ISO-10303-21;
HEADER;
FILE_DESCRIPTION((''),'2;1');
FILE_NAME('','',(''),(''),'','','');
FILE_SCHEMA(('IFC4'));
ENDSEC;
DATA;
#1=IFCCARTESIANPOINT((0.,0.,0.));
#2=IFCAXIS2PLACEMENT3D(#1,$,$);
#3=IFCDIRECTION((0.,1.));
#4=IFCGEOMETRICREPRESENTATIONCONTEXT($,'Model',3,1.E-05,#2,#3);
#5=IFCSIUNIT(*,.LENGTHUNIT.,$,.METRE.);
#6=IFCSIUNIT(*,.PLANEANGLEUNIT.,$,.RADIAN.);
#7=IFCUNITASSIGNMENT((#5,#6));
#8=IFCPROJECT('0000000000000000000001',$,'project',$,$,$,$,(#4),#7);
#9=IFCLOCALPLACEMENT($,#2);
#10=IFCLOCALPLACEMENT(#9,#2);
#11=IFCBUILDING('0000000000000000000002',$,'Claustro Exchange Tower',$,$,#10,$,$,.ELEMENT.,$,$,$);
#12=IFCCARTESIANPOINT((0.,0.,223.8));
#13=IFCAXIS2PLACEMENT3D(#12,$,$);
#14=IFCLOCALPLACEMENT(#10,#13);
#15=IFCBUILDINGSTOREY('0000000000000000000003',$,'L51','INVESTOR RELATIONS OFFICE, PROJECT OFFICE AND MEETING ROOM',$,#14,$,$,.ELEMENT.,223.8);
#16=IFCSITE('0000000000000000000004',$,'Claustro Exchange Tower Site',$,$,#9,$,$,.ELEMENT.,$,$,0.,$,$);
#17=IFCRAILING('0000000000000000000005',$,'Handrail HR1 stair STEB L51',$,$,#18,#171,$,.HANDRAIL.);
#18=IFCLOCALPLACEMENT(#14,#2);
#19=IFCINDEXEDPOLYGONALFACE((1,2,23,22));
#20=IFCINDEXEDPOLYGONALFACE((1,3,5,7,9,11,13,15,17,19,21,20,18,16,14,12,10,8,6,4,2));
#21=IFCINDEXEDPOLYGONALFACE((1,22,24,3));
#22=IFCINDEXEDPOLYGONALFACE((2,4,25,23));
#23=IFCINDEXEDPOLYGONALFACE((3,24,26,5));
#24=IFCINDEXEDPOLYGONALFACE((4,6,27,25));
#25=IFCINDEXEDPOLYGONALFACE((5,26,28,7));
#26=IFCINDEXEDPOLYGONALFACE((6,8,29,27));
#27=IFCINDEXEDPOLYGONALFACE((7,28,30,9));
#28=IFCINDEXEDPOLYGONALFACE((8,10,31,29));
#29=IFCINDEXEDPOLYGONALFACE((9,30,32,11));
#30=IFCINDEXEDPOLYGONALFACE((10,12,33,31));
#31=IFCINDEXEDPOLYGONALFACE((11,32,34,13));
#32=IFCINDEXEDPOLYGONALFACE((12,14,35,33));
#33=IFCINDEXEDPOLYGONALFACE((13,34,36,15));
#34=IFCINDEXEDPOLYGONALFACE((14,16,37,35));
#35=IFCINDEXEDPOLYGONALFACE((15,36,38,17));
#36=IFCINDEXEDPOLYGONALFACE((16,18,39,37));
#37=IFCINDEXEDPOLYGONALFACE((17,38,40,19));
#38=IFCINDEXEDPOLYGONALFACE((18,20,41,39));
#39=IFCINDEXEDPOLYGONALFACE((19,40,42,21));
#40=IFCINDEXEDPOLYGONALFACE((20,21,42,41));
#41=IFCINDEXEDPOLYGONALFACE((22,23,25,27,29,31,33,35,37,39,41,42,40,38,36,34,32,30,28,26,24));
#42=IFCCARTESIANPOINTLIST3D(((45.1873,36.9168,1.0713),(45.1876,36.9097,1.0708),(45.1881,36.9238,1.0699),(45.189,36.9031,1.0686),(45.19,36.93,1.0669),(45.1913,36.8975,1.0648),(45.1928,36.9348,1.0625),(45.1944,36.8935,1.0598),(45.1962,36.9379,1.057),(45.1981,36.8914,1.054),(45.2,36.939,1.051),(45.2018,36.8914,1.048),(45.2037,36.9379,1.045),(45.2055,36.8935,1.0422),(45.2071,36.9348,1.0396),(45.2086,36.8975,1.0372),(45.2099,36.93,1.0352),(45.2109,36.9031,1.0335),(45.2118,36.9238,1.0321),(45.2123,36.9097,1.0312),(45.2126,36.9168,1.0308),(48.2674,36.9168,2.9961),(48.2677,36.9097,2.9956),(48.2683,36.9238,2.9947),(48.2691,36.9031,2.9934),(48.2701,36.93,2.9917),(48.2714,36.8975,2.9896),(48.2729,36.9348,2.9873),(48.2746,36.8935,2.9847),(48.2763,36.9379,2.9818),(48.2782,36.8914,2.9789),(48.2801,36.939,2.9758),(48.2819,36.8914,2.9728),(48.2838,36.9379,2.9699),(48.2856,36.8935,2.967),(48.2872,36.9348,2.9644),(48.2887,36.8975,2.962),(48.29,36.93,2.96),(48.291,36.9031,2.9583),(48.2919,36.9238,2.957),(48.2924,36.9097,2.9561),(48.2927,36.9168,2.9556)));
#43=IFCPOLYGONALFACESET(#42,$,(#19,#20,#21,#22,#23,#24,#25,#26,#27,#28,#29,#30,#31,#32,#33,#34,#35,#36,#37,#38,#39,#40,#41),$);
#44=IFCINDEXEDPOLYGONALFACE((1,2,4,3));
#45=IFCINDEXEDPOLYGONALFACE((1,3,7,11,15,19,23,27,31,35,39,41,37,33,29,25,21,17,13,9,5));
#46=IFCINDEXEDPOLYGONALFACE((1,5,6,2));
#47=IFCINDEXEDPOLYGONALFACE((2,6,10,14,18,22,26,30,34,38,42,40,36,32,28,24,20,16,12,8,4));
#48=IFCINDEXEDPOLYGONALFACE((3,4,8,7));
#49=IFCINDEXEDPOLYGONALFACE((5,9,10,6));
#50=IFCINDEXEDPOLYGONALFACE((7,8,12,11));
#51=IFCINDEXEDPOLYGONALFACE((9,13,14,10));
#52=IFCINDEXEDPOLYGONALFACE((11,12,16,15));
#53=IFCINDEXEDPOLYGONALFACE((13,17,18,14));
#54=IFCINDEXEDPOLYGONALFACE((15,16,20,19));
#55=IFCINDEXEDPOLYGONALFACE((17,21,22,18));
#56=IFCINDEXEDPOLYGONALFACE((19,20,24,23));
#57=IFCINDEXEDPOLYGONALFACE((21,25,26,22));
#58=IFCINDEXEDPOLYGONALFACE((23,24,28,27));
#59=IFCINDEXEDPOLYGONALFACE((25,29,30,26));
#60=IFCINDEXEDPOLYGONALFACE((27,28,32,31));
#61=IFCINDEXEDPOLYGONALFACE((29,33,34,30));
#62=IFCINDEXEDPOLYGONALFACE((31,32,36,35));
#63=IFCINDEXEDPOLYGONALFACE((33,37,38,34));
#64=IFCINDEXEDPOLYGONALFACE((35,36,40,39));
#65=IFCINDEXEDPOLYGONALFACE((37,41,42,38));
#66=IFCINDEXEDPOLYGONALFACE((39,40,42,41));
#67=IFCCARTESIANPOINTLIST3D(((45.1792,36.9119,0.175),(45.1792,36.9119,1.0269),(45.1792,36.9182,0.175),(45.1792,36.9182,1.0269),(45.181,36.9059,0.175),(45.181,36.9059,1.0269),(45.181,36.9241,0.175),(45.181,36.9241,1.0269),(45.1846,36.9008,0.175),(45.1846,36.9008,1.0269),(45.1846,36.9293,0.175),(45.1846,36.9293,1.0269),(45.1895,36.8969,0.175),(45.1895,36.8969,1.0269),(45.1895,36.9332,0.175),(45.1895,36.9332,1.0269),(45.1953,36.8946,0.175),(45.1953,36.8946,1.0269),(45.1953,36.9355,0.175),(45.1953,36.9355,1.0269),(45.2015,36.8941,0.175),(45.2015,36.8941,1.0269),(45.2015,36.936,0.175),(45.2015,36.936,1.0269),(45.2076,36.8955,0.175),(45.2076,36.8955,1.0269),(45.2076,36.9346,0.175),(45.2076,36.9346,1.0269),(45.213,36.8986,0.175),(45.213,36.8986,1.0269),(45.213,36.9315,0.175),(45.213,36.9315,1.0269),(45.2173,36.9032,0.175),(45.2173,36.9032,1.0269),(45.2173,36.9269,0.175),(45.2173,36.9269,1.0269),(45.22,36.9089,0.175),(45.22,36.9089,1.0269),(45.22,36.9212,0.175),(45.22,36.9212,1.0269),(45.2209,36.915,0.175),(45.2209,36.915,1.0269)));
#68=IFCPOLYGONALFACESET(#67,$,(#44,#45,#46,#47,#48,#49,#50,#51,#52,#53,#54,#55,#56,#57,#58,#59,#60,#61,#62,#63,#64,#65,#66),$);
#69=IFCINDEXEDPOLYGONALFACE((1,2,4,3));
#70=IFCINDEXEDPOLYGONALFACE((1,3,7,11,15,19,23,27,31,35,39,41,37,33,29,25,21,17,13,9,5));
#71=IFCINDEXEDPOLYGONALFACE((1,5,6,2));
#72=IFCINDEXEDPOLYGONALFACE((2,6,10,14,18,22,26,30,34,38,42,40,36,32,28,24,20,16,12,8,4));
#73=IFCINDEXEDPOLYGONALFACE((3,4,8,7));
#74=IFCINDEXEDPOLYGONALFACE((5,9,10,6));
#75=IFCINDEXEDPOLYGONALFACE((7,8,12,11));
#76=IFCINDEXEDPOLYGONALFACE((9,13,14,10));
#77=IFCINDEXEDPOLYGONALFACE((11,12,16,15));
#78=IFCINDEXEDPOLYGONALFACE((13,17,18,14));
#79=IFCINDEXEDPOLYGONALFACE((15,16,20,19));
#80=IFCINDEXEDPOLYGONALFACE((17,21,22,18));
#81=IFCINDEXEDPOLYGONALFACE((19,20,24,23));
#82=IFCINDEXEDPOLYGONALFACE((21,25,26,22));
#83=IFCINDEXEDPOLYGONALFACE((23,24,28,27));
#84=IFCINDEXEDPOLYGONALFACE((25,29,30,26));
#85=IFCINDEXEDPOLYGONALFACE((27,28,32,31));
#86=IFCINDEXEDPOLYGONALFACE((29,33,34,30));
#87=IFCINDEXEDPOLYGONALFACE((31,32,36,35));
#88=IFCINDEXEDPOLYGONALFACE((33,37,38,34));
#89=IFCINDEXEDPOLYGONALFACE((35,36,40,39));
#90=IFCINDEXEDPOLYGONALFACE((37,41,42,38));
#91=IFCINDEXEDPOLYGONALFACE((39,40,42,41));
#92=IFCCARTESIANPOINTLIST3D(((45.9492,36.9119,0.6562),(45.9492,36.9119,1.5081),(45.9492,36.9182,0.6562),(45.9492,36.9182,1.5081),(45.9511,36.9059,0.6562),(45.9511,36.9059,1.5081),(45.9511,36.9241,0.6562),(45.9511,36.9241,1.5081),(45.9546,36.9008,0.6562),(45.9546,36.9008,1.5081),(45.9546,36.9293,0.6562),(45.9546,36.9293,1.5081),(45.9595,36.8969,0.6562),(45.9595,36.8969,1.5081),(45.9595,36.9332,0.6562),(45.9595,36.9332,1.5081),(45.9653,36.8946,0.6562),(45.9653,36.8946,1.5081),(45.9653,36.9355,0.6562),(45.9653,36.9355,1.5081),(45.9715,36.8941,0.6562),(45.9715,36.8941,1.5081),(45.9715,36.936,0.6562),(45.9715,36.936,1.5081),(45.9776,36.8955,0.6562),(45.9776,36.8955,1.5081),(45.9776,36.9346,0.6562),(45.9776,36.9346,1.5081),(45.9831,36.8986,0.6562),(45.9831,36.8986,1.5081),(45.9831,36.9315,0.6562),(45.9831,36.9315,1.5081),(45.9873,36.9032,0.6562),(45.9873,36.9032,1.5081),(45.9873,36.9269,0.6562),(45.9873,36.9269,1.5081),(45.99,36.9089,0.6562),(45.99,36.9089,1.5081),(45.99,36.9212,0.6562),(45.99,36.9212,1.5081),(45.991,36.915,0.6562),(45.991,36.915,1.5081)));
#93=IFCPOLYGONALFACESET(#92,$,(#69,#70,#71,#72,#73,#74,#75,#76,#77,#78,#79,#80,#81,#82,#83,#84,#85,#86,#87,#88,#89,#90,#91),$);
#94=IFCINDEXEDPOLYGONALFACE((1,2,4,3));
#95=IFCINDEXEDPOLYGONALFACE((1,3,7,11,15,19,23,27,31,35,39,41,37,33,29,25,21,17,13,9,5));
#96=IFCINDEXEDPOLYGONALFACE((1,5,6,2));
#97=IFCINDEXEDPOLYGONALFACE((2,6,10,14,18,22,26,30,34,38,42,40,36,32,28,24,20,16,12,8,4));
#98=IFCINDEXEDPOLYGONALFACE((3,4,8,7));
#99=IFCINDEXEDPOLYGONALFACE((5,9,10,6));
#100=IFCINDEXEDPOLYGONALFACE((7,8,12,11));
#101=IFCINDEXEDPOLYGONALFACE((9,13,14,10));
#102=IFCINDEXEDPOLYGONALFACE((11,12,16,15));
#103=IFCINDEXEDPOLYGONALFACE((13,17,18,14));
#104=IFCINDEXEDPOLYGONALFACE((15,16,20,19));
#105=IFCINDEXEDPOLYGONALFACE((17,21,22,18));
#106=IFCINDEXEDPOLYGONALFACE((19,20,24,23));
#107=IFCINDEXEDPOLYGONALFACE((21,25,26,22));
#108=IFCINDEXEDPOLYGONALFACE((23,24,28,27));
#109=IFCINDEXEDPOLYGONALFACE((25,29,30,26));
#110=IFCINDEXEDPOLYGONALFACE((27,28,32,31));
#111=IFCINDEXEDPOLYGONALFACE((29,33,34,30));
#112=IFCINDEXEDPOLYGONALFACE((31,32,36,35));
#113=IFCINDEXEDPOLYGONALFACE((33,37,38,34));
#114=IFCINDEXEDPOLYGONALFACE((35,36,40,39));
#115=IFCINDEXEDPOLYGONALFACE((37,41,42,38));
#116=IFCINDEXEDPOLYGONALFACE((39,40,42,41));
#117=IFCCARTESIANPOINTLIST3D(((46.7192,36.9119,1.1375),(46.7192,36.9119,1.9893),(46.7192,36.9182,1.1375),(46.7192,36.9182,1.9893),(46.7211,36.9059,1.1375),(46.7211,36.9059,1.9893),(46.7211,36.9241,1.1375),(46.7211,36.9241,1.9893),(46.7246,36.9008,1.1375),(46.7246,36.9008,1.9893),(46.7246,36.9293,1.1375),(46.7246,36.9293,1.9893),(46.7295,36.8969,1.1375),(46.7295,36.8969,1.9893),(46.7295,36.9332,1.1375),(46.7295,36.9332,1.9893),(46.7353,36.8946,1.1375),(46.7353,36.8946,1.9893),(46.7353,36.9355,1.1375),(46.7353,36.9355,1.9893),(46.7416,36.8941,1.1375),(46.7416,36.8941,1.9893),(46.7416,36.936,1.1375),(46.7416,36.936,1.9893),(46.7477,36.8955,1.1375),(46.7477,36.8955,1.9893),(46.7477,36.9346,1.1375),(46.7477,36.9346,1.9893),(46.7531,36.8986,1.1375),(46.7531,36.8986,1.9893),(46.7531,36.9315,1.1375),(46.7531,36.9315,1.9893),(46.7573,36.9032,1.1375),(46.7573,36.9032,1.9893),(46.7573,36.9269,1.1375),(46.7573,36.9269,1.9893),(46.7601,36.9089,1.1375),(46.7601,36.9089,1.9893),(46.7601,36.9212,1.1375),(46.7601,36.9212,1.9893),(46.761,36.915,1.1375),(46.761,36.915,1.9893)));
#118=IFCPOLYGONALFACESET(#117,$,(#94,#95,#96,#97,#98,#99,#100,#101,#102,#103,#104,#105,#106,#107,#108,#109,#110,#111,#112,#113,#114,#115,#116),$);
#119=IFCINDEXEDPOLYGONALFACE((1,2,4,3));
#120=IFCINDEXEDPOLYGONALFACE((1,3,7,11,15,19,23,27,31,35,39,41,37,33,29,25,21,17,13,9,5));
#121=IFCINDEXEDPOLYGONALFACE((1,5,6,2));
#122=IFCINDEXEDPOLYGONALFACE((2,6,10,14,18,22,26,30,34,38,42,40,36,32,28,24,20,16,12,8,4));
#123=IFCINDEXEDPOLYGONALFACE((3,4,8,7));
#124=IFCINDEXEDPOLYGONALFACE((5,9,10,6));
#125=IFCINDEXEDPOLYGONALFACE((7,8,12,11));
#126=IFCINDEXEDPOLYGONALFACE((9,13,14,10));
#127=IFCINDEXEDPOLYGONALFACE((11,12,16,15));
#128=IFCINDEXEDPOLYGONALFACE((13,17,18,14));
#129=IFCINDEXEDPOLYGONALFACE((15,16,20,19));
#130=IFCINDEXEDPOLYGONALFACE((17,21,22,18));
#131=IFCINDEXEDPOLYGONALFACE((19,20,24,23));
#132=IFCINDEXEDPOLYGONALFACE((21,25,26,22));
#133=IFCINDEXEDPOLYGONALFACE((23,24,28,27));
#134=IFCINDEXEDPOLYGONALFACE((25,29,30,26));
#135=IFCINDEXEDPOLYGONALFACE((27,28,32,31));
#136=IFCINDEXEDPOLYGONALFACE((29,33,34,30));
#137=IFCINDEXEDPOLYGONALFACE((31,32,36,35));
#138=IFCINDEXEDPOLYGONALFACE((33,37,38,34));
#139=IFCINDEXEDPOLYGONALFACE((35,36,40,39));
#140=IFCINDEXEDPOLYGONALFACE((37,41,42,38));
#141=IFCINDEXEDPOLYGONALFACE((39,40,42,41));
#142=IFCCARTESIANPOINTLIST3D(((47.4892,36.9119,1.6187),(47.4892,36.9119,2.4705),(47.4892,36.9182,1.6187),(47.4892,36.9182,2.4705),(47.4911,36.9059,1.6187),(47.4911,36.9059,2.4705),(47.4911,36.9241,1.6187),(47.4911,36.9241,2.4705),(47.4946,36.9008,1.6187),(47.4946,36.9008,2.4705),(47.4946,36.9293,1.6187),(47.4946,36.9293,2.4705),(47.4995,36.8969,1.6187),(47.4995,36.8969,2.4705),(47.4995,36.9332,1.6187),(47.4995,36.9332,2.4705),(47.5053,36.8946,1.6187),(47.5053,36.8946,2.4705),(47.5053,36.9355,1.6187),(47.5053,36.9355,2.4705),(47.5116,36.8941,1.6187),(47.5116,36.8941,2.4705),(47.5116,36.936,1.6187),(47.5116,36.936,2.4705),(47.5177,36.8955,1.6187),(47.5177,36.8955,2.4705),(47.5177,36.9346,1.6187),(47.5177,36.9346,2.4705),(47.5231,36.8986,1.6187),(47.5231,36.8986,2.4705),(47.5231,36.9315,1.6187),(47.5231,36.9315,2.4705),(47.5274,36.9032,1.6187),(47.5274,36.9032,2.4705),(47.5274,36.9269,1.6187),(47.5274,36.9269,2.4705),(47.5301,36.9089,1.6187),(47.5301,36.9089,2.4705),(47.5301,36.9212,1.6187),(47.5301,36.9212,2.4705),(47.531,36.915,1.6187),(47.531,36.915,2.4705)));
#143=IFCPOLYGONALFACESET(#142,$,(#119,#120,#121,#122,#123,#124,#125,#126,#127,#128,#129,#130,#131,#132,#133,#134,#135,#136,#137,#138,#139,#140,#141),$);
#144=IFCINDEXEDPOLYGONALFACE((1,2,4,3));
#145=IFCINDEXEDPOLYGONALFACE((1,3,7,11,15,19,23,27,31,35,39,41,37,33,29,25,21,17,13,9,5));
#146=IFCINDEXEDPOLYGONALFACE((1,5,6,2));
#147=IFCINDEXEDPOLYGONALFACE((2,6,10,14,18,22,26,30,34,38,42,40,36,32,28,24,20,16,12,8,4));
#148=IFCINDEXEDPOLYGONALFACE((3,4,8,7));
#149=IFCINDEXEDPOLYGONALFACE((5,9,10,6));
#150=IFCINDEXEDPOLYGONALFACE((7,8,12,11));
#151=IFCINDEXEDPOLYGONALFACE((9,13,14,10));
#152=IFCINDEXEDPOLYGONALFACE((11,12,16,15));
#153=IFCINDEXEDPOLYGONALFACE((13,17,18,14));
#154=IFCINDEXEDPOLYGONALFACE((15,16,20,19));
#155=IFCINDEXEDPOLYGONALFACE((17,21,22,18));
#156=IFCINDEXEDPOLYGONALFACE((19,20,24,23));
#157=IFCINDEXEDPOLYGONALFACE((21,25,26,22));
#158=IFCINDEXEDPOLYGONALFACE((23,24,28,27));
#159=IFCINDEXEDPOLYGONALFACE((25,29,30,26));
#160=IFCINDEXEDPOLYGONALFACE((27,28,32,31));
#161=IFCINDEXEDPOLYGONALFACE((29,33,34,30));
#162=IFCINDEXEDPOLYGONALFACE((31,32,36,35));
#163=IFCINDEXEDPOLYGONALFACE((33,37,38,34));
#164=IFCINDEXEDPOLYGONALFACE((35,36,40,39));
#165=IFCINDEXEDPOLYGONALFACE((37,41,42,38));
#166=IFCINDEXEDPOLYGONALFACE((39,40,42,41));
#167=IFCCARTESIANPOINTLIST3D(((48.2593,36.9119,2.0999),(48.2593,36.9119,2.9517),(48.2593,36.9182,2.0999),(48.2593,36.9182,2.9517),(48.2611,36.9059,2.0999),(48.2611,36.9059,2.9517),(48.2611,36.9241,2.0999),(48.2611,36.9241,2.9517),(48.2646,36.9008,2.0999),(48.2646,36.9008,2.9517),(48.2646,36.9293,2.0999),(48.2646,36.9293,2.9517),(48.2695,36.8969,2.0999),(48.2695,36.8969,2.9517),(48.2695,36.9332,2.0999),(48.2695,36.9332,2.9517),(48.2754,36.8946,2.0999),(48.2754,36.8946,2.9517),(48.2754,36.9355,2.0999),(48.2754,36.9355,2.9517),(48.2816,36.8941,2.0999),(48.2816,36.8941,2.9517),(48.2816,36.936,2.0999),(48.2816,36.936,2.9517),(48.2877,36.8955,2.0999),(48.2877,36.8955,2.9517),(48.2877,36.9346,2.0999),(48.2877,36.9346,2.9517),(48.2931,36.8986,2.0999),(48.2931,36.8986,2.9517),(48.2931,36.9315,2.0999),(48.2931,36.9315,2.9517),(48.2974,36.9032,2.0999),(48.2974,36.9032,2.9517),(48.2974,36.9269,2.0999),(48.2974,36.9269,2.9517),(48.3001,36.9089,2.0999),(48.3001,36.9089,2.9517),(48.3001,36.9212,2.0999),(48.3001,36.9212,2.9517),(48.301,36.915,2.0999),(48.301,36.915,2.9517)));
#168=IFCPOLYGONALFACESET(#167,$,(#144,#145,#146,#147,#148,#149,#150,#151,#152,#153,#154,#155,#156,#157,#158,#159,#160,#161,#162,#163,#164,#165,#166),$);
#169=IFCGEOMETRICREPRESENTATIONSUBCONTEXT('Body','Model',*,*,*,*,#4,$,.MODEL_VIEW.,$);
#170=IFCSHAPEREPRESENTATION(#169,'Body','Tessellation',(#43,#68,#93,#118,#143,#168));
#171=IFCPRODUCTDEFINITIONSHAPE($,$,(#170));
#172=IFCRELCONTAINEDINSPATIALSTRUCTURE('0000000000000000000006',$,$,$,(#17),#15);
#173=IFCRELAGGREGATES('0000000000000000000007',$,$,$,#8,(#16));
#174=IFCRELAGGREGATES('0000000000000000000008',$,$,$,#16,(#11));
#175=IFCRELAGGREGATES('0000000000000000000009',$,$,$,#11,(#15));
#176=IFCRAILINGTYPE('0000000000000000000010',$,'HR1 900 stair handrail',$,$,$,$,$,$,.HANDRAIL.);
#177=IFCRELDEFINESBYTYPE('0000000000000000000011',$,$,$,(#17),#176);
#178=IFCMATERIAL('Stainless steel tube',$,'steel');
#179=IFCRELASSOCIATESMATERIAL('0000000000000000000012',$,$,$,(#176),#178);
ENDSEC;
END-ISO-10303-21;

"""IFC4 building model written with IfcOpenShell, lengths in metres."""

from ifc_helpers import new_model, si_unit, direction, frame, origin, origin_2d, place, context, subcontext, project, spatial, circle, extrude, material, type_object, element, save


model = new_model("IFC4")

# Units and contexts
model_context = context("Model", 3, precision=1e-05, world=origin(), true_north=direction((0.0, 1.0)))
body_context = subcontext(model_context, "Body", "Model", "MODEL_VIEW")
ifc_project = project(units=[si_unit("LENGTHUNIT", "METRE"), si_unit("PLANEANGLEUNIT", "RADIAN")], contexts=[model_context])

# Site, building, storey
site_placement = place(None, origin())
site = spatial("IfcSite", under=ifc_project, at=site_placement, Name="Claustro Exchange Tower Site", CompositionType="ELEMENT", RefElevation=0.0)
building_placement = place(site_placement, origin())
building = spatial("IfcBuilding", under=site, at=building_placement, Name="Claustro Exchange Tower", CompositionType="ELEMENT")
storey_placement = place(building_placement, frame((0.0, 0.0, 223.8)))
storey = spatial("IfcBuildingStorey", under=building, at=storey_placement, Name="L51", Description="INVESTOR RELATIONS OFFICE, PROJECT OFFICE AND MEETING ROOM", CompositionType="ELEMENT", Elevation=223.8)

# Railing
ifc_material_1 = material(Name="Stainless steel tube", Category="steel")
railing_type_1 = type_object("IfcRailingType", Name="HR1 900 stair handrail", PredefinedType="HANDRAIL", material=ifc_material_1)
railing_1_placement = place(storey_placement, frame((45.2, 36.915, 0.175)))
element("IfcRailing", 1, at=railing_1_placement, inside=storey, type_object=railing_type_1, Name="Handrail HR1 stair STEB L51", PredefinedType="HANDRAIL", context=body_context, shape_type="SweptSolid", body=[
    extrude(circle(Radius=0.0239, at=origin_2d()), frame((0.0, 0.0, 0.876), z_axis=(0.848029, 0.0, 0.529951), x_axis=(0.0, 1.0, 0.0)), (0.0, 0.0, 1.0), 3.6321),
    extrude(circle(Radius=0.021, at=origin_2d()), origin(), (0.0, 0.0, 1.0), 0.8518),
    extrude(circle(Radius=0.021, at=origin_2d()), frame((0.77, 0.0, 0.4812)), (0.0, 0.0, 1.0), 0.8518),
    extrude(circle(Radius=0.021, at=origin_2d()), frame((1.54, 0.0, 0.9624)), (0.0, 0.0, 1.0), 0.8518),
    extrude(circle(Radius=0.021, at=origin_2d()), frame((2.3101, 0.0, 1.4436)), (0.0, 0.0, 1.0), 0.8518),
    extrude(circle(Radius=0.021, at=origin_2d()), frame((3.0801, 0.0, 1.9248)), (0.0, 0.0, 1.0), 0.8518),
])

save(model, "model.ifc")
